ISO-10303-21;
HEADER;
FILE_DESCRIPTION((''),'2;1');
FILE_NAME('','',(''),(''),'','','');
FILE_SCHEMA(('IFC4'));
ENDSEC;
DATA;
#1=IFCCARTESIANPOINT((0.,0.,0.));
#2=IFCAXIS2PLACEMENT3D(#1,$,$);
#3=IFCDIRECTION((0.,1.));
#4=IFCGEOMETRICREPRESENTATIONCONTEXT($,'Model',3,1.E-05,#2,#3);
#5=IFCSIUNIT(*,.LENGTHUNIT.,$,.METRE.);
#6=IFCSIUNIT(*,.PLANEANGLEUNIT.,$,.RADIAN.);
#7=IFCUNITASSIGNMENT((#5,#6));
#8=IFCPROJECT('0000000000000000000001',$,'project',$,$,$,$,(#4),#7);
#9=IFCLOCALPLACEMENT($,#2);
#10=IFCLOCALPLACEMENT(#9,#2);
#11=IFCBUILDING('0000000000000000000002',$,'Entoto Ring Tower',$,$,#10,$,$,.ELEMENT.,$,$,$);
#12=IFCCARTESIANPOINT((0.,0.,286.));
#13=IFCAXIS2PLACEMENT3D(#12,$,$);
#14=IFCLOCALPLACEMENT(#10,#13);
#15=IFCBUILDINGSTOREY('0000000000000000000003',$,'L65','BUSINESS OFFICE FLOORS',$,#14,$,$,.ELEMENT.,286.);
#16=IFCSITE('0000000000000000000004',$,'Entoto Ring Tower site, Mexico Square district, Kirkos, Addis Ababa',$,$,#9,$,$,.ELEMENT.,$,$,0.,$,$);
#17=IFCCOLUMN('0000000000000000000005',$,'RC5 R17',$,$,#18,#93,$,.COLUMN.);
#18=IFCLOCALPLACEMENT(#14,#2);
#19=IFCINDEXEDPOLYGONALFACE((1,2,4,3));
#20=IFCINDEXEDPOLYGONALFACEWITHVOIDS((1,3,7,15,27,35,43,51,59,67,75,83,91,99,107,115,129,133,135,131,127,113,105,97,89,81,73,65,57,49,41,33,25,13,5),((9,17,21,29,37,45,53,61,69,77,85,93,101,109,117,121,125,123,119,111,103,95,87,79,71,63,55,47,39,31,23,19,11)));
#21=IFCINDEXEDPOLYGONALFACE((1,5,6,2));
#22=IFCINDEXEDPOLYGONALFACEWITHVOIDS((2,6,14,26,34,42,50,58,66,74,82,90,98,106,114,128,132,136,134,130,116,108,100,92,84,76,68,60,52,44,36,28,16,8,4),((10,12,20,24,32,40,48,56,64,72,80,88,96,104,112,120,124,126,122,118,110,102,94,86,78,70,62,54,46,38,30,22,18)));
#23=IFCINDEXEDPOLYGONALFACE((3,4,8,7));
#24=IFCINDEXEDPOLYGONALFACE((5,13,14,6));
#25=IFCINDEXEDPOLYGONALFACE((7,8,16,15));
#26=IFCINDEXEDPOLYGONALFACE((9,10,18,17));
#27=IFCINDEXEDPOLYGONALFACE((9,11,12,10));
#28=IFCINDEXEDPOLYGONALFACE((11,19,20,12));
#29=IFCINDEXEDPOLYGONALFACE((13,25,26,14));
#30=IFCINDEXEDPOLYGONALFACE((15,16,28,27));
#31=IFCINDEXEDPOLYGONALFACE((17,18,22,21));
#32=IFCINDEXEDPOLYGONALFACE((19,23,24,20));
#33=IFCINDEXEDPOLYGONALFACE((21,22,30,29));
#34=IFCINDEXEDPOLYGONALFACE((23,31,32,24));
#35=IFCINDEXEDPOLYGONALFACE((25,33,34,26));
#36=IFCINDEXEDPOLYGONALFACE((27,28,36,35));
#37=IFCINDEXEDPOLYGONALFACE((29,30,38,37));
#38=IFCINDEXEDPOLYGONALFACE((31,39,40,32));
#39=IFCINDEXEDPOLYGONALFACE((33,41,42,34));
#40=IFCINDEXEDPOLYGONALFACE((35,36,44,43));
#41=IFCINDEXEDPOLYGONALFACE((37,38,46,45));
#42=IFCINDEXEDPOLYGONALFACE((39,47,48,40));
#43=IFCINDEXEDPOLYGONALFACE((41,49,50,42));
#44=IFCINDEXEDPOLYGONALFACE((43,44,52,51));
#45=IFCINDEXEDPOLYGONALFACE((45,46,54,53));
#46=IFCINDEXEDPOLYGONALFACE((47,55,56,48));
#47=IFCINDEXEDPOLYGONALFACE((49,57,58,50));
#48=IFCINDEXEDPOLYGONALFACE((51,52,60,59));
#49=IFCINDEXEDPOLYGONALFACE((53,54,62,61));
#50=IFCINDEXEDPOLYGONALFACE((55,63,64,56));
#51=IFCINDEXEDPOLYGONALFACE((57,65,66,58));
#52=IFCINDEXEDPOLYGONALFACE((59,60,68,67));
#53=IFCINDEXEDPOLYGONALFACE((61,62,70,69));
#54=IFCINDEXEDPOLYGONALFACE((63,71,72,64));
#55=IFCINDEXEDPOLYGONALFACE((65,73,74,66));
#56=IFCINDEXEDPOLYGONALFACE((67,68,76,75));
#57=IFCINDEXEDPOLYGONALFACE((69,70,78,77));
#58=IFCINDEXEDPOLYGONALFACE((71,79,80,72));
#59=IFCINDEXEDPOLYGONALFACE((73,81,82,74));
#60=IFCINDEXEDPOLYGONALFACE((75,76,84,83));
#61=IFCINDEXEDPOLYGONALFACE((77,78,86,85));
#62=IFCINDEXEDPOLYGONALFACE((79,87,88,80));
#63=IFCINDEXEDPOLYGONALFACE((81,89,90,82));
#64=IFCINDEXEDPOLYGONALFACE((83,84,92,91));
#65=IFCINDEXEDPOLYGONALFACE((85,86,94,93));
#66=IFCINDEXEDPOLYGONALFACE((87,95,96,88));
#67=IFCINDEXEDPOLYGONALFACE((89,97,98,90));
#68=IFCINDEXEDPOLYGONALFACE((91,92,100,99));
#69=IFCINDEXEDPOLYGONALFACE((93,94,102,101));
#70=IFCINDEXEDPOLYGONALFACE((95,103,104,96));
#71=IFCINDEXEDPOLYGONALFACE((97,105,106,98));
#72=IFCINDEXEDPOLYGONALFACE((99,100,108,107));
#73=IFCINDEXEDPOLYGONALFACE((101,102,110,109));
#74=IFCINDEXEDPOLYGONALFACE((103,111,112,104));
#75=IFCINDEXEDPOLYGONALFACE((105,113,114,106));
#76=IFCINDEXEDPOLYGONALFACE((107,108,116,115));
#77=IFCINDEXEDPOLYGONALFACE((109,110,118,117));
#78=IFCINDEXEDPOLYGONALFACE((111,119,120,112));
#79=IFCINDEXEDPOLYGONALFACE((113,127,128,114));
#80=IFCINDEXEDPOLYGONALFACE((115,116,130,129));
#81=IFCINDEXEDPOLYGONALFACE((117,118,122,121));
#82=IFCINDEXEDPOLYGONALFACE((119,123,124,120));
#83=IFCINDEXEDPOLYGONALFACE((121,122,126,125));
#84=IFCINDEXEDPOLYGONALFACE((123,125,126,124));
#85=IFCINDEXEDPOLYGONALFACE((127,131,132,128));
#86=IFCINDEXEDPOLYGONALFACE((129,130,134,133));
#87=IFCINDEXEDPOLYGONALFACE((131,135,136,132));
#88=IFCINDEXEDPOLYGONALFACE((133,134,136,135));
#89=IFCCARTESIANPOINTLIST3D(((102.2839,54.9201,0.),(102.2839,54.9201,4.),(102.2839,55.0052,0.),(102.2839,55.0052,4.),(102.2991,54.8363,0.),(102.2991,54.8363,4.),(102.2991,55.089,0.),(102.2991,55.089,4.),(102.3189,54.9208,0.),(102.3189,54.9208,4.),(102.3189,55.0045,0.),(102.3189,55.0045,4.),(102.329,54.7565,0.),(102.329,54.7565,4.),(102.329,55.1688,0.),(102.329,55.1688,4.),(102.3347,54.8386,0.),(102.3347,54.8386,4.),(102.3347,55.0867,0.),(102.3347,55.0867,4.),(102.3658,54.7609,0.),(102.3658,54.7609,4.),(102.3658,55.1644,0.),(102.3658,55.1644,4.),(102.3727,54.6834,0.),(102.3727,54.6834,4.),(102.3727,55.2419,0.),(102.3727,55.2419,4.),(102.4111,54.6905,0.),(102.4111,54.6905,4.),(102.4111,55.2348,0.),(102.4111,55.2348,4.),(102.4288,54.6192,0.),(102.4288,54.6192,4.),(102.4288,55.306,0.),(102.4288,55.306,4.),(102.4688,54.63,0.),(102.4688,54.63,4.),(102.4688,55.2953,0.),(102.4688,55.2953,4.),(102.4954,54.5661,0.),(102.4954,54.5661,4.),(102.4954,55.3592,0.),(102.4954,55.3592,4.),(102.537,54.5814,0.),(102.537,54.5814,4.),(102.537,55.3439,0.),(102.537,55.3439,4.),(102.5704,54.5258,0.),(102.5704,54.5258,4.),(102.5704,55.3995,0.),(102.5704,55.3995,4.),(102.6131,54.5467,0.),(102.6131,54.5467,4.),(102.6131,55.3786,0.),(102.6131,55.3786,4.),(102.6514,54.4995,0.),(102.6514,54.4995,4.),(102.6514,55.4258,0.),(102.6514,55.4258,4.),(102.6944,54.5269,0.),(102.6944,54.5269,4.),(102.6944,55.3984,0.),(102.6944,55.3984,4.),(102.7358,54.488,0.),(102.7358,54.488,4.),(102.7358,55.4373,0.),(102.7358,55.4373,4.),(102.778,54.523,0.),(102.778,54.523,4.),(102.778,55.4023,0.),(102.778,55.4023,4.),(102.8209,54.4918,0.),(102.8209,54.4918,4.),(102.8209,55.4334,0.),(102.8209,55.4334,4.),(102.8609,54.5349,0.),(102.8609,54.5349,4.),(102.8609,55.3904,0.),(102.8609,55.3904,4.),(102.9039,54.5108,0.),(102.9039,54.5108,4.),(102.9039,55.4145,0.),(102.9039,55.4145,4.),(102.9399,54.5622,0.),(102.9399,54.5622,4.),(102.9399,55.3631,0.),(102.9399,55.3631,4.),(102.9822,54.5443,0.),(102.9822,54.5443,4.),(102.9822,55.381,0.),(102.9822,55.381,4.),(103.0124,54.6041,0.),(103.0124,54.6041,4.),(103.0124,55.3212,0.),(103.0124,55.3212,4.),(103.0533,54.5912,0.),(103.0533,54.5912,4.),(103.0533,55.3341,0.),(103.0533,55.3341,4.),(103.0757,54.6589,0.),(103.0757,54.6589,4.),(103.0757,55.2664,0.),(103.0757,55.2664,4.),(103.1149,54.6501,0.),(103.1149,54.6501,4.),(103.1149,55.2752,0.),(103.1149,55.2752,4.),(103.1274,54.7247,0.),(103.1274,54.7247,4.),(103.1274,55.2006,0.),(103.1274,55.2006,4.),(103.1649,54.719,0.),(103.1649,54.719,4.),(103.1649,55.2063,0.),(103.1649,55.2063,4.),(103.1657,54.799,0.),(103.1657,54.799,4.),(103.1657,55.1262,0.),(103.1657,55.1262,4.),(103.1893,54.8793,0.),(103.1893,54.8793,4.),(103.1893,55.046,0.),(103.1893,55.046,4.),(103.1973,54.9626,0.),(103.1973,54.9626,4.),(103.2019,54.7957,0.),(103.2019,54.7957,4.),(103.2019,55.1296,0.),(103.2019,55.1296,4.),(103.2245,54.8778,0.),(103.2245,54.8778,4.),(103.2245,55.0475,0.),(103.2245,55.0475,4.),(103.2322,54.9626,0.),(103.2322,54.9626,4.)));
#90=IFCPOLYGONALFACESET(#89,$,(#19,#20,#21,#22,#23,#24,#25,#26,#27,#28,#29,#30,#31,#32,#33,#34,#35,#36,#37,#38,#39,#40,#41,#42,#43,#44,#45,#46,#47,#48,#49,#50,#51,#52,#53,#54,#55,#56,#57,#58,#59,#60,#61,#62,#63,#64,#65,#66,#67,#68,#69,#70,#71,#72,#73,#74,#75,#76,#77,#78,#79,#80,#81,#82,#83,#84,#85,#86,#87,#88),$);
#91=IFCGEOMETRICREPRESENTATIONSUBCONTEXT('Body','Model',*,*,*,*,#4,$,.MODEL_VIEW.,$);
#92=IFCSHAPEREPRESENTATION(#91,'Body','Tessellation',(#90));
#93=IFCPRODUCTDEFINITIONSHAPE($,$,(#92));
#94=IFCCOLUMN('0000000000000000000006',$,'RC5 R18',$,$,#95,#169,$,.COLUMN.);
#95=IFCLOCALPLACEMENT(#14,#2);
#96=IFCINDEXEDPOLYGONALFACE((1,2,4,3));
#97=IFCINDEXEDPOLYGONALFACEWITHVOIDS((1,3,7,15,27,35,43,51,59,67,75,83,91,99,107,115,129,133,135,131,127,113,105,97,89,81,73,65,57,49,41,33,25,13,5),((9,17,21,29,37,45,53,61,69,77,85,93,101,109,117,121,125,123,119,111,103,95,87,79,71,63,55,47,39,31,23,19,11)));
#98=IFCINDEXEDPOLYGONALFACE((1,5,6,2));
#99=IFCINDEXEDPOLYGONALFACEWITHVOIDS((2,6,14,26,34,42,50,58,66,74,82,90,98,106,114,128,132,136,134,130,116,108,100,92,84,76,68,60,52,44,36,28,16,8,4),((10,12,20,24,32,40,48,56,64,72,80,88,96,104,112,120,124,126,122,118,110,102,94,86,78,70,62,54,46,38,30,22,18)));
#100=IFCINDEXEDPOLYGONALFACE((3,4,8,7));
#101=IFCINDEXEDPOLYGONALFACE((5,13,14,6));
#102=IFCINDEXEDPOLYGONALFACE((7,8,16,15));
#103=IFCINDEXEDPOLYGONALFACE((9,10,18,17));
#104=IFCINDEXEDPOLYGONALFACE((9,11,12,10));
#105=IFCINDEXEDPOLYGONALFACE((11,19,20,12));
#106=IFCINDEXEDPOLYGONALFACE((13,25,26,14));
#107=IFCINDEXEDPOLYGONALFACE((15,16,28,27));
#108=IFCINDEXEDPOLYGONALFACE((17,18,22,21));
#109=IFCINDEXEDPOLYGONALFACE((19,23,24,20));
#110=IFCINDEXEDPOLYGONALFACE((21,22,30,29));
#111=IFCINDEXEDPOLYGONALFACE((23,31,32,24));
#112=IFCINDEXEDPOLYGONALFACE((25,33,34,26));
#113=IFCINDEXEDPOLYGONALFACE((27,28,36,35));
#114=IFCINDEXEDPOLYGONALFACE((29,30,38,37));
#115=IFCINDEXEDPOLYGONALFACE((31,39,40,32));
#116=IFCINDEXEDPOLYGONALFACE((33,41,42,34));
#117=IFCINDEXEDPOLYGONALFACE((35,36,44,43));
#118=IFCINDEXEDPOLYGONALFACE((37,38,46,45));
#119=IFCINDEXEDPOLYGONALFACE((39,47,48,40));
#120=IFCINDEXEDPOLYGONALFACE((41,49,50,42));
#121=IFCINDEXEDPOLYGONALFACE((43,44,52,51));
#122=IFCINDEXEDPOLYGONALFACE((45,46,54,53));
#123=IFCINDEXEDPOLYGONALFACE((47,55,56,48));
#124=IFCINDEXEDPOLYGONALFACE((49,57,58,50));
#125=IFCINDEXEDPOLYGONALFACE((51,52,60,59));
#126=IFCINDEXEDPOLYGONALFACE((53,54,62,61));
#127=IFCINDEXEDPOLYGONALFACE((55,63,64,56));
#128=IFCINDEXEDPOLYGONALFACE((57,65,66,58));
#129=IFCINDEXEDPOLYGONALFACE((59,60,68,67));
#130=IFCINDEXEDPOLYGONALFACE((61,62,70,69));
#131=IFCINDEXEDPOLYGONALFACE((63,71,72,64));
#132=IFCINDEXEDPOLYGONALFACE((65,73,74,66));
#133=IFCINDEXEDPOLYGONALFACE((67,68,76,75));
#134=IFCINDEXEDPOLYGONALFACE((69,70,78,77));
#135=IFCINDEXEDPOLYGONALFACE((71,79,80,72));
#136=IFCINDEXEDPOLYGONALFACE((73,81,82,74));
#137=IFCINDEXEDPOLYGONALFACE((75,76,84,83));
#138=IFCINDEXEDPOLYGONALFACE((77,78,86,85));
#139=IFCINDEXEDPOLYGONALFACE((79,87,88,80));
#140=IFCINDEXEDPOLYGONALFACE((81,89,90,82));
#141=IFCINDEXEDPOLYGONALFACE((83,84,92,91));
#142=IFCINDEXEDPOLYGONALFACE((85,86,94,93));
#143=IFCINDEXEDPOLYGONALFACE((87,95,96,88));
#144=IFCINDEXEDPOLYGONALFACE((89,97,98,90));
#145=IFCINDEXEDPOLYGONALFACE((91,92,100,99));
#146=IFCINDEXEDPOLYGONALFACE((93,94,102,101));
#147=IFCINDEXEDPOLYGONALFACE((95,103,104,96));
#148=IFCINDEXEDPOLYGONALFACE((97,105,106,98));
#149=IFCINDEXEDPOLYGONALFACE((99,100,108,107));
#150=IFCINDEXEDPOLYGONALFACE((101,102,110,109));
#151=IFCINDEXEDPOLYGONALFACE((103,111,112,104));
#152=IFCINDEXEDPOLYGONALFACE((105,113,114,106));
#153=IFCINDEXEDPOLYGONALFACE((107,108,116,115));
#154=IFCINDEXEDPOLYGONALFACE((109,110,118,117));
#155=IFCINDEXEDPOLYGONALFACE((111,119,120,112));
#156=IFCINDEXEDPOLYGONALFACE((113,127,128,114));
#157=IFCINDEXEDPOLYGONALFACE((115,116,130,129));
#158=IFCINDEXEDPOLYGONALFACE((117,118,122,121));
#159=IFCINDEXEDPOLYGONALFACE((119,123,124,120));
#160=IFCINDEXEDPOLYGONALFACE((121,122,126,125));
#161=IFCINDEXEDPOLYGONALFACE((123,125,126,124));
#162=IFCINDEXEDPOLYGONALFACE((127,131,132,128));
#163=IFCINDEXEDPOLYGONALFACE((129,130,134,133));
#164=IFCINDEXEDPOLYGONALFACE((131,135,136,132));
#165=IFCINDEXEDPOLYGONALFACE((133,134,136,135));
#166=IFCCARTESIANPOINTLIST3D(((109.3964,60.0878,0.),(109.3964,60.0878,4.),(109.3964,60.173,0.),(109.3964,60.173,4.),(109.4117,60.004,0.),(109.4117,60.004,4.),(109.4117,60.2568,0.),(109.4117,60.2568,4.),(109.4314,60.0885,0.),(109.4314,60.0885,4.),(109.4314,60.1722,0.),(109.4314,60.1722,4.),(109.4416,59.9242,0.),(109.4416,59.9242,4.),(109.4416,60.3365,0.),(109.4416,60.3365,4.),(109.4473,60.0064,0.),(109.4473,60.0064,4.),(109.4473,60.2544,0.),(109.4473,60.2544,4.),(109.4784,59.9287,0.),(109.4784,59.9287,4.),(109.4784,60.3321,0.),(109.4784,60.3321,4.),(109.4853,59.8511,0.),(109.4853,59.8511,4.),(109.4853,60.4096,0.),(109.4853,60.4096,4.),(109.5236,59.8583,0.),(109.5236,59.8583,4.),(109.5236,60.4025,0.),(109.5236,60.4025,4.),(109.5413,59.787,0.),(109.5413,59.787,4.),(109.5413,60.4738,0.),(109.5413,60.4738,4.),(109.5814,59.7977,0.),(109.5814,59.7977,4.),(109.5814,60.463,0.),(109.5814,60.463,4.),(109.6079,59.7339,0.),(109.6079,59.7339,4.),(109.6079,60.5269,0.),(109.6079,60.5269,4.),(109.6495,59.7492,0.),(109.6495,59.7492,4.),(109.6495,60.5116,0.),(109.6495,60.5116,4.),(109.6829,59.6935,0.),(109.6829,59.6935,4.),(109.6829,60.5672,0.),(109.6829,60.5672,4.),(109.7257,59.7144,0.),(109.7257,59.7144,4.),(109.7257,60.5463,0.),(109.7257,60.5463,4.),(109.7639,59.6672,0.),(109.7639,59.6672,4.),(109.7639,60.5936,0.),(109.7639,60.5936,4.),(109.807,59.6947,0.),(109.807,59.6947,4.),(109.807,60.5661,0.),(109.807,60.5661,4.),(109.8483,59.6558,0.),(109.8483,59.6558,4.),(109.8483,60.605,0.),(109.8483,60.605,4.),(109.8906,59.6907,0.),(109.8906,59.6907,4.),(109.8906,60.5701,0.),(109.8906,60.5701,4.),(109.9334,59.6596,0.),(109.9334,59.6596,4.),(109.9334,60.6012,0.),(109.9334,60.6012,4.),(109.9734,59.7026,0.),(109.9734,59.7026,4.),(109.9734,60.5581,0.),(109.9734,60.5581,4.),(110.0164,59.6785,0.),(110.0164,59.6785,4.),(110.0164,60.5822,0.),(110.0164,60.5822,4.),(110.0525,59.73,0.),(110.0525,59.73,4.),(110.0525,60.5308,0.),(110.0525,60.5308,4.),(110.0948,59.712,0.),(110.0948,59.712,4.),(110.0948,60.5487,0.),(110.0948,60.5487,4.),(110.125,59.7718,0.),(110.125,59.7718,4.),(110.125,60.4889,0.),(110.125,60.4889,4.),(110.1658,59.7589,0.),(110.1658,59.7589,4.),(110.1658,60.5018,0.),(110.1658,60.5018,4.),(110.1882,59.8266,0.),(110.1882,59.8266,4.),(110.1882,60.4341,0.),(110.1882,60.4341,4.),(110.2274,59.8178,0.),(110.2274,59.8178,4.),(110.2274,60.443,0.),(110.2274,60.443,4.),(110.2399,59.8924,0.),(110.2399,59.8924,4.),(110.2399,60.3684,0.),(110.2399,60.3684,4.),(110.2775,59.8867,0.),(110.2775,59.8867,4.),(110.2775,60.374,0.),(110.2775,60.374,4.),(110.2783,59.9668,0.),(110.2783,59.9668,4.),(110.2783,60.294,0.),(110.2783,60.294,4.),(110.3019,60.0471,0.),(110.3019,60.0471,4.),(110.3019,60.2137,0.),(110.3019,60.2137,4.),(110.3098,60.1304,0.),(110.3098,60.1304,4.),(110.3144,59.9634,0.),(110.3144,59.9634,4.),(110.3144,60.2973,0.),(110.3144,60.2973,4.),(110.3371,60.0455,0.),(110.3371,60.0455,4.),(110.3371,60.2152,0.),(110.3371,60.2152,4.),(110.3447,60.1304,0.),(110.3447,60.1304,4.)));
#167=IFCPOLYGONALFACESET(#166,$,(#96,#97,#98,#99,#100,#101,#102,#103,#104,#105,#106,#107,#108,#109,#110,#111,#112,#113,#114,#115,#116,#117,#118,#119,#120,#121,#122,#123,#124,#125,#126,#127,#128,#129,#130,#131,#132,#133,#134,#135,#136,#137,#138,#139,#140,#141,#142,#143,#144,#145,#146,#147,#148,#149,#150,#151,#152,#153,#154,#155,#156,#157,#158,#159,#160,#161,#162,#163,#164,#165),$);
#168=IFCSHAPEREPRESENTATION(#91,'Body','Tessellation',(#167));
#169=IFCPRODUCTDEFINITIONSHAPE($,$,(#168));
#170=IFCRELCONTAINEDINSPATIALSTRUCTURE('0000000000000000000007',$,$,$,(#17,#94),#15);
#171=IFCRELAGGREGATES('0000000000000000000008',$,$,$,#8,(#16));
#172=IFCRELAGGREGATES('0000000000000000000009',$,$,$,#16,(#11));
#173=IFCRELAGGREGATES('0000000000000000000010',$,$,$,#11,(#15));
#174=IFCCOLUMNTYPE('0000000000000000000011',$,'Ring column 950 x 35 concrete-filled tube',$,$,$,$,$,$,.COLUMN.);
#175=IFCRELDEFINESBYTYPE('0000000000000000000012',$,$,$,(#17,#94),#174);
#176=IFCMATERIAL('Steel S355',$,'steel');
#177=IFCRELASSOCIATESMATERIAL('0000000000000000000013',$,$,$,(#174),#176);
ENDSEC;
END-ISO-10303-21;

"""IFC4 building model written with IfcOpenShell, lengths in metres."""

from ifc_helpers import new_model, si_unit, direction, frame, origin, origin_2d, place, context, subcontext, project, spatial, circle, hollow_circle, extrude, material, material_profile, profile_set, type_object, element, save


model = new_model("IFC4")

# Units and contexts
model_context = context("Model", 3, precision=1e-05, world=origin(), true_north=direction((0.0, 1.0)))
body_context = subcontext(model_context, "Body", "Model", "MODEL_VIEW")
ifc_project = project(units=[si_unit("LENGTHUNIT", "METRE"), si_unit("PLANEANGLEUNIT", "RADIAN")], contexts=[model_context])

# Site, building, storey
site_placement = place(None, origin())
site = spatial("IfcSite", under=ifc_project, at=site_placement, Name="Entoto Ring Tower site, Mexico Square district, Kirkos, Addis Ababa", CompositionType="ELEMENT", RefElevation=0.0)
building_placement = place(site_placement, origin())
building = spatial("IfcBuilding", under=site, at=building_placement, Name="Entoto Ring Tower", CompositionType="ELEMENT")
storey_placement = place(building_placement, frame((0.0, 0.0, 286.0)))
storey = spatial("IfcBuildingStorey", under=building, at=storey_placement, Name="L65", Description="BUSINESS OFFICE FLOORS", CompositionType="ELEMENT", Elevation=286.0)

# Columns
ifc_material_1 = material(Name="Steel S355", Category="steel")
ifc_material_profile_1 = material_profile(ifc_material_1, hollow_circle(Radius=0.4751, WallThickness=0.0349, at=origin_2d()), Name="CHS 950 x 35")
ifc_material_2 = material(Name="Concrete C60/75", Category="concrete")
ifc_material_profile_2 = material_profile(ifc_material_2, circle(Radius=0.4399, at=origin_2d()), Name="Concrete C60/75 infill")
ifc_profile_set_1 = profile_set([ifc_material_profile_1, ifc_material_profile_2], Name="Steel S355")
column_type = type_object("IfcColumnType", Name="Ring column 950 x 35 concrete-filled tube", PredefinedType="COLUMN", material=ifc_profile_set_1)
for number, where, z_axis, x_axis, name in (
    (1, (102.7571, 54.9626, 0.0), (0.0, 0.0, 1.0), (1.0, 0.0, 0.0), "RC5 R17"),
    (2, (109.8696, 60.1304, 0.0), (0.0, 0.0, 1.0), (1.0, 0.0, 0.0), "RC5 R18"),
):
    element("IfcColumn", number, at=place(storey_placement, frame(where, z_axis=z_axis, x_axis=x_axis)), inside=storey, type_object=column_type, Name=name, PredefinedType="COLUMN", context=body_context, shape_type="SweptSolid", body=[
        extrude(hollow_circle(Radius=0.4751, WallThickness=0.0349, at=origin_2d()), origin(), (0.0, 0.0, 1.0), 4.0),
    ])

save(model, "model.ifc")
